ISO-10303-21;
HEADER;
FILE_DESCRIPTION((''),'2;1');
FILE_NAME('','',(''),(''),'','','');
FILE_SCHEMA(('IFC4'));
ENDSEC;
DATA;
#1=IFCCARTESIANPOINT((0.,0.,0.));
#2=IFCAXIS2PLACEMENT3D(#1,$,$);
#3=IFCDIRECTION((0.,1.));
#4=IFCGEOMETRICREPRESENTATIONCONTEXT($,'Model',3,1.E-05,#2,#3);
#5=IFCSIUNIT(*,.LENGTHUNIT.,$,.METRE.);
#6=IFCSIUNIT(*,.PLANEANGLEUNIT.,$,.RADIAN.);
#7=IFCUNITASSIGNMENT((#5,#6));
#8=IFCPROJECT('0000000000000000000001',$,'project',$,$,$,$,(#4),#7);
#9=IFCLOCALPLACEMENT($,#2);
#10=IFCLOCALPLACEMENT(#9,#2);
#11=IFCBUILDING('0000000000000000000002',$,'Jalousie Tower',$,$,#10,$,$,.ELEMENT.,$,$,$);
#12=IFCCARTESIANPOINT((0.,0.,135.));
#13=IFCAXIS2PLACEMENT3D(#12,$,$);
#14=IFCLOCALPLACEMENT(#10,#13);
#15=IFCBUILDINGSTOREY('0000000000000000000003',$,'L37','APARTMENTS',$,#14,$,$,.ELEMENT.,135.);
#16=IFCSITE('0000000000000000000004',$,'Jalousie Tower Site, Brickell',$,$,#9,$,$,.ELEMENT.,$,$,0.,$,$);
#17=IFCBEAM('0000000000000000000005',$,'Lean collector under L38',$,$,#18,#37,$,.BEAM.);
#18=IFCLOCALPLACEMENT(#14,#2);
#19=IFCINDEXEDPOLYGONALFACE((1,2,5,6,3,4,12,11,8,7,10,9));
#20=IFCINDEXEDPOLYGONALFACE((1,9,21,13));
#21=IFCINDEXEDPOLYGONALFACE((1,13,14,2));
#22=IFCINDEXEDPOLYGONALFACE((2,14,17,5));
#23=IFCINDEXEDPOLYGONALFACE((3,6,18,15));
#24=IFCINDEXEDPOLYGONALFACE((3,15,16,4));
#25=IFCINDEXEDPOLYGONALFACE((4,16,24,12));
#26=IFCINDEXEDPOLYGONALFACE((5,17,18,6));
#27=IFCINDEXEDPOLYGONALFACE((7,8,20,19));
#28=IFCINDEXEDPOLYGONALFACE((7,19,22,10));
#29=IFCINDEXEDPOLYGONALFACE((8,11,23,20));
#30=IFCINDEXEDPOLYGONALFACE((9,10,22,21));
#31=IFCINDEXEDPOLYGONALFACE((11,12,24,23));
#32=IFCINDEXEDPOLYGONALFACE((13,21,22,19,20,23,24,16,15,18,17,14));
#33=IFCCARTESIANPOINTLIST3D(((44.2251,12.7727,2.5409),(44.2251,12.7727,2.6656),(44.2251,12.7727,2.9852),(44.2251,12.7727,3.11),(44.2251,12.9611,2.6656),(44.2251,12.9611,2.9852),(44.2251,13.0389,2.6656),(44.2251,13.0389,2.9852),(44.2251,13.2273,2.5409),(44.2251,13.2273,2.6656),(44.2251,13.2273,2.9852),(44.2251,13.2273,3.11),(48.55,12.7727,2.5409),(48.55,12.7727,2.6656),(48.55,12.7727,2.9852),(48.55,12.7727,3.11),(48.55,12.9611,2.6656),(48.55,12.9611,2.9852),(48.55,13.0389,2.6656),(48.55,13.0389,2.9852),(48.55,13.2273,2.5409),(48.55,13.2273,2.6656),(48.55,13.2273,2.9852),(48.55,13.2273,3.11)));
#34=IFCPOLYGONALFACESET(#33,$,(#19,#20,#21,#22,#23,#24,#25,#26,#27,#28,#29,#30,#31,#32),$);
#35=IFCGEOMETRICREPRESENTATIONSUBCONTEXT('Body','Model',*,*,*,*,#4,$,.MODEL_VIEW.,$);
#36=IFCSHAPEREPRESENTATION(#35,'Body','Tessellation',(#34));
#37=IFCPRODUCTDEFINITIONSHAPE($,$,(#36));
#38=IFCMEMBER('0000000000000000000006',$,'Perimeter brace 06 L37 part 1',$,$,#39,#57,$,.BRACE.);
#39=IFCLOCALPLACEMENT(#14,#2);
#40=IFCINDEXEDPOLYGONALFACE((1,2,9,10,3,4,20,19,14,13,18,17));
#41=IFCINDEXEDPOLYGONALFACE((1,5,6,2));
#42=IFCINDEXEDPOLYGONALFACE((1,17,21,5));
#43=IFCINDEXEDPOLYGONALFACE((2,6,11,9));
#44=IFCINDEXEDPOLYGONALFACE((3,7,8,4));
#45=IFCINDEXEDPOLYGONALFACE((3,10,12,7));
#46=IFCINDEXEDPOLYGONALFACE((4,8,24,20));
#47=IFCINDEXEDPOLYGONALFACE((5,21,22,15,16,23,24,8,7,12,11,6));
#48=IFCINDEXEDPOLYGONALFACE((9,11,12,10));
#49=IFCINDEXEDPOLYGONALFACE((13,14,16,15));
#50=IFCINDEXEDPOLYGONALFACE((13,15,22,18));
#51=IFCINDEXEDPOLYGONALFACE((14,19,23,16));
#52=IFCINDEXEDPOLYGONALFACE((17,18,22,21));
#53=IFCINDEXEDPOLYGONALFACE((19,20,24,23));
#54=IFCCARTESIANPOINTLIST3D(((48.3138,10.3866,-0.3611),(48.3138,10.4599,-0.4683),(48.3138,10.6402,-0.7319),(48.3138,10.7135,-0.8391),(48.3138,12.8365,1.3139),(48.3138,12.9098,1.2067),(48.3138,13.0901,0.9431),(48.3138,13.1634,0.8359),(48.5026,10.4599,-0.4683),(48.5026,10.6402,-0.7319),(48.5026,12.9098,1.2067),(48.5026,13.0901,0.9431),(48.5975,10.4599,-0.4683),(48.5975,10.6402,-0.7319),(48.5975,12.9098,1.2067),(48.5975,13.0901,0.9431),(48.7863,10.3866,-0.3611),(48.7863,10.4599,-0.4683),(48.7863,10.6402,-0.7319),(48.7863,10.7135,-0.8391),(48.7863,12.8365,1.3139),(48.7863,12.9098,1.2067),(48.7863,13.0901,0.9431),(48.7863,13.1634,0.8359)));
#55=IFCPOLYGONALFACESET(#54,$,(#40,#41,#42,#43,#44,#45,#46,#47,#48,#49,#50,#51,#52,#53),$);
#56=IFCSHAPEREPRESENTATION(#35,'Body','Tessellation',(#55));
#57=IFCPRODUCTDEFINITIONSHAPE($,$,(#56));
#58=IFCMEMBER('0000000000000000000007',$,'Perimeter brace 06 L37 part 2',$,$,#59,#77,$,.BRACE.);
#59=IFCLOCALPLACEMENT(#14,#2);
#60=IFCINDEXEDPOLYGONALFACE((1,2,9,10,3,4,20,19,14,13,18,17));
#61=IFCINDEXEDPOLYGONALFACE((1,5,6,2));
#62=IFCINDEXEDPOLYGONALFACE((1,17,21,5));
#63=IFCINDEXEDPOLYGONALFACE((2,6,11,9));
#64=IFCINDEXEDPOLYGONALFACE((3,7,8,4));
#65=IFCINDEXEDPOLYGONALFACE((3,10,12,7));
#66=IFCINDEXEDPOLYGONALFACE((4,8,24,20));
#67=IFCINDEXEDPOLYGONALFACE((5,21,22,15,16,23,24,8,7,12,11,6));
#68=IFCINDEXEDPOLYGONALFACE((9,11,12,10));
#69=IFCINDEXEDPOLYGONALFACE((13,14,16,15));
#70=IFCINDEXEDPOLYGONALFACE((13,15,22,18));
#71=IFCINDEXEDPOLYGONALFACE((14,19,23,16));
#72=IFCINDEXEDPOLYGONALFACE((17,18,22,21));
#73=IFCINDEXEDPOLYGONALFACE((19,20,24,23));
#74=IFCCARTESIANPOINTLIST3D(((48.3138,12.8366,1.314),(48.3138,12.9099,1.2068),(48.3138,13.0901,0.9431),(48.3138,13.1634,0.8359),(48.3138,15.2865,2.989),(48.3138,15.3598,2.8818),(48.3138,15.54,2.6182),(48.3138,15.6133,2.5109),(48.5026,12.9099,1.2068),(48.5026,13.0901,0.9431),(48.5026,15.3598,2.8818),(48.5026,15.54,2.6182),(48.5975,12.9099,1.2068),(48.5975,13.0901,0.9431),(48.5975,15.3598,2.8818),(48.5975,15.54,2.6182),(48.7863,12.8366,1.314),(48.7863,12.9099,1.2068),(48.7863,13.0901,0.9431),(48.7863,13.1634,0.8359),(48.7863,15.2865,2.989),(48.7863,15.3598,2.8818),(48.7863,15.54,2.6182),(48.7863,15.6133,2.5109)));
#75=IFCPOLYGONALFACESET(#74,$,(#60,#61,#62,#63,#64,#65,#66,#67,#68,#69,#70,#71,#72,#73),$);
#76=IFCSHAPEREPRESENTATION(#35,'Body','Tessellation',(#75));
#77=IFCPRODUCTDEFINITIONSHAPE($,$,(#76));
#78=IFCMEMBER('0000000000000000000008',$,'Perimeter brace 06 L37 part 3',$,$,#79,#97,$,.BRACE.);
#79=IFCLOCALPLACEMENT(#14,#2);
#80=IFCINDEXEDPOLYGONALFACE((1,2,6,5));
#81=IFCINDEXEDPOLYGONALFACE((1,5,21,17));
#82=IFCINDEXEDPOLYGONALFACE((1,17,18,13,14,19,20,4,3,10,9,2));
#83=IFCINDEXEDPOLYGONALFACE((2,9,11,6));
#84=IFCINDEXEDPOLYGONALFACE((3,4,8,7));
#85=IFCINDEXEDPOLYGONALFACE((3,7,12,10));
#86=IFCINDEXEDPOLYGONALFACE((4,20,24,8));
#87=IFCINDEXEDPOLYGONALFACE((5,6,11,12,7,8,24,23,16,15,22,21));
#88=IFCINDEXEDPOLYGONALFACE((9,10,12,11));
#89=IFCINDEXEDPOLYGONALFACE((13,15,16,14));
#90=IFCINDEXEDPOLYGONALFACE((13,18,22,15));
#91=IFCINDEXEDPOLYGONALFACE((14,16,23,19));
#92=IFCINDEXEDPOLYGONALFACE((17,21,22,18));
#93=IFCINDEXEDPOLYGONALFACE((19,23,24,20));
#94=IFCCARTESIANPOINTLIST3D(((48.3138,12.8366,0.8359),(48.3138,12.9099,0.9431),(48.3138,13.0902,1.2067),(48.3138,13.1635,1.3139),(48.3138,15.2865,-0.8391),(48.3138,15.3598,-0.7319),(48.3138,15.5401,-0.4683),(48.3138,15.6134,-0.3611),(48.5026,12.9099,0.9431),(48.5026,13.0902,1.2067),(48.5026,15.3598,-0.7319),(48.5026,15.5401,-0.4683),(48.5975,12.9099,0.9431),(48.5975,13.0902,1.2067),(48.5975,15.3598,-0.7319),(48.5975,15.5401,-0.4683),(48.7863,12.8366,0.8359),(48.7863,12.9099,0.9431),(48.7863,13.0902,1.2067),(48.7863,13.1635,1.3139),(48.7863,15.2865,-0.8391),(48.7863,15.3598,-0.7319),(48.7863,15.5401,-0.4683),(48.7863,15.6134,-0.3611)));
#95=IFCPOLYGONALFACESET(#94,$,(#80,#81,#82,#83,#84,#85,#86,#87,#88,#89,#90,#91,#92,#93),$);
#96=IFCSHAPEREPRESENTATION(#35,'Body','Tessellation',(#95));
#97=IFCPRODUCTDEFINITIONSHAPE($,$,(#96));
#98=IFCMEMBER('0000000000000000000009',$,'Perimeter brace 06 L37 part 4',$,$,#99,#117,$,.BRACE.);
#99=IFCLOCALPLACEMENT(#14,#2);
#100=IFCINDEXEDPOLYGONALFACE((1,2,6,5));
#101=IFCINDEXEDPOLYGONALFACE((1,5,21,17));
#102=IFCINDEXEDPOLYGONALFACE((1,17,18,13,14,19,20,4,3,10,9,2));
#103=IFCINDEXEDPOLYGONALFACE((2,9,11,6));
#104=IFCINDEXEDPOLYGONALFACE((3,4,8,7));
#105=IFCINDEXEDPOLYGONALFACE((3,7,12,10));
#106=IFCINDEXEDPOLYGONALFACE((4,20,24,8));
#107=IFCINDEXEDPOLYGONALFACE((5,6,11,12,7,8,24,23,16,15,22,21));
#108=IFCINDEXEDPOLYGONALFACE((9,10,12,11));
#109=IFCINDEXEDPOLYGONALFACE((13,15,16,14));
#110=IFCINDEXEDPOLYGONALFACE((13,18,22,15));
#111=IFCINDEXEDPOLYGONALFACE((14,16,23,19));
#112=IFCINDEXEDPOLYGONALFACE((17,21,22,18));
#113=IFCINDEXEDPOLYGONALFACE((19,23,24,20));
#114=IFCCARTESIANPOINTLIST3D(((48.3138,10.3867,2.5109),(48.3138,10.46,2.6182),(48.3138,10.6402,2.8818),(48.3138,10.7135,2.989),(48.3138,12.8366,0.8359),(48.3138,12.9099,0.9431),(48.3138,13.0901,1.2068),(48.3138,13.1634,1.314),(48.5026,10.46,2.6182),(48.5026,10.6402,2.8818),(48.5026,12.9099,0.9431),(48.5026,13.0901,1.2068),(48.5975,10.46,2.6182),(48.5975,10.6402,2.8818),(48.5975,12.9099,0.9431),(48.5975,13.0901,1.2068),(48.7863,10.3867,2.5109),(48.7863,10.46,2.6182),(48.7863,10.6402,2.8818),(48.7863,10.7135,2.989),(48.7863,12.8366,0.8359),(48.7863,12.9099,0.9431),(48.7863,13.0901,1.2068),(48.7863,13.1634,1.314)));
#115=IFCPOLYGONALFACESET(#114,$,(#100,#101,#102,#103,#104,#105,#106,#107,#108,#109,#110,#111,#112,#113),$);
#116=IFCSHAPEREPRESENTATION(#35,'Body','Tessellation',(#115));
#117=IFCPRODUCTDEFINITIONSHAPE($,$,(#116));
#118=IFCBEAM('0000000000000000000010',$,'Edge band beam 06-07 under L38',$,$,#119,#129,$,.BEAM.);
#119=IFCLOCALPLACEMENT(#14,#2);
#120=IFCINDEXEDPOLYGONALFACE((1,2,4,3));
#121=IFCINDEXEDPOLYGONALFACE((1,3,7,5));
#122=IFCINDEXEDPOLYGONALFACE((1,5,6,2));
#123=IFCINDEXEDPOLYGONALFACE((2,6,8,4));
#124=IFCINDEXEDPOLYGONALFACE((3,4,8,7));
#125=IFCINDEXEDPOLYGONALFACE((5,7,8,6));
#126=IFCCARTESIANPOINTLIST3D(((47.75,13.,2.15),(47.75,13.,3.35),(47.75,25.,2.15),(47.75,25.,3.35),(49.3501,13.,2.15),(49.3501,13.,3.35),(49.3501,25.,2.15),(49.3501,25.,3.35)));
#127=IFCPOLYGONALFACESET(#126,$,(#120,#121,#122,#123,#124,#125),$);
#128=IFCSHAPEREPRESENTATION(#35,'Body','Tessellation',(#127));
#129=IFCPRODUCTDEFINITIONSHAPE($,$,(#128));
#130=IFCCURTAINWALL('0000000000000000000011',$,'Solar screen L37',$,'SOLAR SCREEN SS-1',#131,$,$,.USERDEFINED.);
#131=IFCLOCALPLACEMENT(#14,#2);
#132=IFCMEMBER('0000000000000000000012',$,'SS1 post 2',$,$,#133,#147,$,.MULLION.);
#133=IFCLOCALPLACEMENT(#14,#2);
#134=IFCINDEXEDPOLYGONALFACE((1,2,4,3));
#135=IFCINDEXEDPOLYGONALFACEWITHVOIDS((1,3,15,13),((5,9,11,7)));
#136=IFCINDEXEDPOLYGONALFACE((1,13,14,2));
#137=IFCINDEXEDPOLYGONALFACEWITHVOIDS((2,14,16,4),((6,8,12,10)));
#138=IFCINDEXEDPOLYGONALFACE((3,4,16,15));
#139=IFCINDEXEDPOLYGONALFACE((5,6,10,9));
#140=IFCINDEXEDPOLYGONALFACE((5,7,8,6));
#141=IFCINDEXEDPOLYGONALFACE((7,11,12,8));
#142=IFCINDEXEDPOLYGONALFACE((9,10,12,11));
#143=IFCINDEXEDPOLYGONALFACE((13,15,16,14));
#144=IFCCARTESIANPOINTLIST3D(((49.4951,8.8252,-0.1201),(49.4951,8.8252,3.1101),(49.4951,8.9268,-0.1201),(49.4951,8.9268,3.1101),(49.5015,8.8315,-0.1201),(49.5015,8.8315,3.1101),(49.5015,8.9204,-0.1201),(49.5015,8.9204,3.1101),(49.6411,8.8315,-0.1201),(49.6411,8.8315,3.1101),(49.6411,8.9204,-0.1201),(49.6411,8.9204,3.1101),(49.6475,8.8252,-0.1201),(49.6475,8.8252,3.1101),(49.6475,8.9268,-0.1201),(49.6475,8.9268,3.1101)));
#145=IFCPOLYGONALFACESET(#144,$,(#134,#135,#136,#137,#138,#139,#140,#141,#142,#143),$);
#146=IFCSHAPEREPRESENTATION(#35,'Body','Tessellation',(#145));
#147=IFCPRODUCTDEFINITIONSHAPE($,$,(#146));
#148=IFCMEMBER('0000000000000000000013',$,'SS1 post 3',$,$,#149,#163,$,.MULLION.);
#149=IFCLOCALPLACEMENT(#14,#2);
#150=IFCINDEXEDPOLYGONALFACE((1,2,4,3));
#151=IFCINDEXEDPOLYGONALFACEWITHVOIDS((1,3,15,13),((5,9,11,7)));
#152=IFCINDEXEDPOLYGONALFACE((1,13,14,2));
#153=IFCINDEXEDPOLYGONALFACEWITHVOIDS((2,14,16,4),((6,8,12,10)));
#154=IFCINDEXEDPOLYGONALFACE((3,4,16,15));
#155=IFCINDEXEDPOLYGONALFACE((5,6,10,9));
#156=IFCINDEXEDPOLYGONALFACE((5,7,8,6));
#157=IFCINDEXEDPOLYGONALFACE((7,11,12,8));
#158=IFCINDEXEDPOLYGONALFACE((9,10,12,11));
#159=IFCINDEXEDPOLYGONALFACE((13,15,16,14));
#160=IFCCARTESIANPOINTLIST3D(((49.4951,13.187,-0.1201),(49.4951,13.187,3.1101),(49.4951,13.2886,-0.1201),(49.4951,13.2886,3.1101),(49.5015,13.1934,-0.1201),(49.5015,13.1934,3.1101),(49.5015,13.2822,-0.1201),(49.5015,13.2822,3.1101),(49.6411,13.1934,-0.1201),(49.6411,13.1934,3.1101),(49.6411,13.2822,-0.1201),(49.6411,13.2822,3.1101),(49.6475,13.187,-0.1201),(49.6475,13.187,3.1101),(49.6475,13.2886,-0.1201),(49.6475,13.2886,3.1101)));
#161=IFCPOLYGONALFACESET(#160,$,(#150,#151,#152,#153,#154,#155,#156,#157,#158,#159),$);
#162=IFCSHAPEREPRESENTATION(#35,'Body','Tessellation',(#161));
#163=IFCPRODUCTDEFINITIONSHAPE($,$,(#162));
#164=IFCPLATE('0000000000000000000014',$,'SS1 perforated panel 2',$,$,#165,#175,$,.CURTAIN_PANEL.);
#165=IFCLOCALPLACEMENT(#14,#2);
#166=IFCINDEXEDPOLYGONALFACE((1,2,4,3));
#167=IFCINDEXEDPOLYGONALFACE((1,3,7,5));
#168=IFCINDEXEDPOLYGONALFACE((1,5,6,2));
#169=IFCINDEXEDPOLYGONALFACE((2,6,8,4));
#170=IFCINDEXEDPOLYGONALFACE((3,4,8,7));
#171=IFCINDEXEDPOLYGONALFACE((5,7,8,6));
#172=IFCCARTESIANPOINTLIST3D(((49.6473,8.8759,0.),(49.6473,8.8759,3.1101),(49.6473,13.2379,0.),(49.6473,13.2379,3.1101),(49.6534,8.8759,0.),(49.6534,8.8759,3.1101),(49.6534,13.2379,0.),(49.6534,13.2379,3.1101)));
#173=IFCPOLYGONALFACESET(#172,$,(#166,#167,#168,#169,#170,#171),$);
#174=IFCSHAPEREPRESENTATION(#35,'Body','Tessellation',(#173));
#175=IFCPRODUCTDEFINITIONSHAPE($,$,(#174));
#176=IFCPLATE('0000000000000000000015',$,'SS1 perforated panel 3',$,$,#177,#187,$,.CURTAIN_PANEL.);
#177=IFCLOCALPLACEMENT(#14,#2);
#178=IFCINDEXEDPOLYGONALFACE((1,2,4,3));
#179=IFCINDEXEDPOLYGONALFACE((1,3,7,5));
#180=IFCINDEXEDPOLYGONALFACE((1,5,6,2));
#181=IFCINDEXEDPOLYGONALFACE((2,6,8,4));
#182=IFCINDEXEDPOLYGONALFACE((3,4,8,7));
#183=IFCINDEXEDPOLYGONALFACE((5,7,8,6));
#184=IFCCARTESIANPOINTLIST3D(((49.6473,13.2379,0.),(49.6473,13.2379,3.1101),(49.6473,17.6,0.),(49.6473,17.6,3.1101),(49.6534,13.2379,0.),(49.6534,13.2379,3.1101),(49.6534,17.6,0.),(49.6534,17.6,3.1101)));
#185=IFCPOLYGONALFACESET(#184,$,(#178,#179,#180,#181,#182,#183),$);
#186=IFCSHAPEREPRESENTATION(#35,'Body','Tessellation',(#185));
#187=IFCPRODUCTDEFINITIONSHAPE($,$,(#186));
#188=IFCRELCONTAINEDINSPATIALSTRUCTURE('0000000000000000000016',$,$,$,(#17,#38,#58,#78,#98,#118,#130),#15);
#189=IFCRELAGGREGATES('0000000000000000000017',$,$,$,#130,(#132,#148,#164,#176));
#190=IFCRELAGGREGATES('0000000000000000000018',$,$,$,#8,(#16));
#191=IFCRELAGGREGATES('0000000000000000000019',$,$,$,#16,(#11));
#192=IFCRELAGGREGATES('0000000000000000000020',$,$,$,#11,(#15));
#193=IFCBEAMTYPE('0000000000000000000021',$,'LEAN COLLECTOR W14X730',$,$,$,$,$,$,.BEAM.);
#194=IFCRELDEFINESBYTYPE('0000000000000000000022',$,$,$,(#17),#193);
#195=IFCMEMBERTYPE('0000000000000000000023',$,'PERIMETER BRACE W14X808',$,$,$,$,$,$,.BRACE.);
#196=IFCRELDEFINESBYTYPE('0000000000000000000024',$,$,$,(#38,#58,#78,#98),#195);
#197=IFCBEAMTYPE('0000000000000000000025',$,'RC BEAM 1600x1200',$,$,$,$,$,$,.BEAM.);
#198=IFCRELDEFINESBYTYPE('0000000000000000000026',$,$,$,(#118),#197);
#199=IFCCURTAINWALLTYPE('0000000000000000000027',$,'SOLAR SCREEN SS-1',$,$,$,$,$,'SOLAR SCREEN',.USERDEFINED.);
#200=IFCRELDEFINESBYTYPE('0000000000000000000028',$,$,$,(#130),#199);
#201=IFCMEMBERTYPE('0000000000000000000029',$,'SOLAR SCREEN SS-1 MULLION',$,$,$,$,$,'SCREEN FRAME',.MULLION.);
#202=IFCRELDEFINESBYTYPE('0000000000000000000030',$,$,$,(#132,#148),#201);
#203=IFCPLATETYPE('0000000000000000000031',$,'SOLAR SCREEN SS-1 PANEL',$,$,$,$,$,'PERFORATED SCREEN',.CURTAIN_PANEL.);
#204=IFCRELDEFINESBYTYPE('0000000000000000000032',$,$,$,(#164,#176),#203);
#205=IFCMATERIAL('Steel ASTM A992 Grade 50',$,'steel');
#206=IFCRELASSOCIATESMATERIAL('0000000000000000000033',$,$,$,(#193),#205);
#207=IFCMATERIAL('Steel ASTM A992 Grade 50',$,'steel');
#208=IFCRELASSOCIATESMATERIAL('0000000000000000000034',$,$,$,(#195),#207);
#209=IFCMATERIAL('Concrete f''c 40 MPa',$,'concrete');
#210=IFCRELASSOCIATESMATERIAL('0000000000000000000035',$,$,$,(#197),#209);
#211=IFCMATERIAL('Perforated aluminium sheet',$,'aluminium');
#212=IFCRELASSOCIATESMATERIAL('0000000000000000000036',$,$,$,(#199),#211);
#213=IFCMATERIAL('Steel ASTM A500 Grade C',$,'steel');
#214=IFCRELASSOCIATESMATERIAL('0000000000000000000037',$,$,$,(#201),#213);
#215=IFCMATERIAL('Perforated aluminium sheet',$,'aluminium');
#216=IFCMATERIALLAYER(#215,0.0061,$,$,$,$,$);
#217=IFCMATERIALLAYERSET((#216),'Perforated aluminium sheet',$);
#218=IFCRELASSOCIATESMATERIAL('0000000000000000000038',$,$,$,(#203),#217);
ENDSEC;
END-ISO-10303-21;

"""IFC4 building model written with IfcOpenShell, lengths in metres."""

from ifc_helpers import new_model, si_unit, direction, frame, origin, origin_2d, place, context, subcontext, project, spatial, rectangle, hollow_rectangle, i_section, extrude, material, layer, layer_set, material_profile, profile_set, type_object, element, aggregate, save


model = new_model("IFC4")

# Units and contexts
model_context = context("Model", 3, precision=1e-05, world=origin(), true_north=direction((0.0, 1.0)))
body_context = subcontext(model_context, "Body", "Model", "MODEL_VIEW")
ifc_project = project(units=[si_unit("LENGTHUNIT", "METRE"), si_unit("PLANEANGLEUNIT", "RADIAN")], contexts=[model_context])

# Site, building, storey
site_placement = place(None, origin())
site = spatial("IfcSite", under=ifc_project, at=site_placement, Name="Jalousie Tower Site, Brickell", CompositionType="ELEMENT", RefElevation=0.0)
building_placement = place(site_placement, origin())
building = spatial("IfcBuilding", under=site, at=building_placement, Name="Jalousie Tower", CompositionType="ELEMENT")
storey_placement = place(building_placement, frame((0.0, 0.0, 135.0)))
storey = spatial("IfcBuildingStorey", under=building, at=storey_placement, Name="L37", Description="APARTMENTS", CompositionType="ELEMENT", Elevation=135.0)

# Beam
ifc_material_1 = material(Name="Steel ASTM A992 Grade 50", Category="steel")
ifc_material_profile_1 = material_profile(ifc_material_1, i_section(OverallWidth=0.4546, OverallDepth=0.5691, WebThickness=0.0779, FlangeThickness=0.1248, at=origin_2d()), Name="W14X730")
ifc_profile_set_1 = profile_set([ifc_material_profile_1], Name="Steel ASTM A992 Grade 50")
beam_type_1 = type_object("IfcBeamType", Name="LEAN COLLECTOR W14X730", PredefinedType="BEAM", material=ifc_profile_set_1)
beam_1_placement = place(storey_placement, frame((48.55, 13.0, 2.8254), z_axis=(-1.0, 0.0, 0.0), x_axis=(0.0, -1.0, 0.0)))
element("IfcBeam", 1, at=beam_1_placement, inside=storey, type_object=beam_type_1, Name="Lean collector under L38", PredefinedType="BEAM", context=body_context, shape_type="SweptSolid", body=[
    extrude(i_section(OverallWidth=0.4546, OverallDepth=0.5691, WebThickness=0.0779, FlangeThickness=0.1248, at=origin_2d()), origin(), (0.0, 0.0, 1.0), 4.325),
])

# Members
ifc_material_2 = material(Name="Steel ASTM A992 Grade 50", Category="steel")
ifc_material_profile_2 = material_profile(ifc_material_2, i_section(OverallWidth=0.4724, OverallDepth=0.5791, WebThickness=0.095, FlangeThickness=0.1299, at=origin_2d()), Name="W14X808")
ifc_profile_set_2 = profile_set([ifc_material_profile_2], Name="Steel ASTM A992 Grade 50")
member_type_1 = type_object("IfcMemberType", Name="PERIMETER BRACE W14X808", PredefinedType="BRACE", material=ifc_profile_set_2)
for number, where, z_axis, x_axis, name in (
    (2, (48.55, 10.55, -0.6001), (0.0, 0.825501, 0.564401), (-1.0, 0.0, 0.0), "Perimeter brace 06 L37 part 1"),
    (3, (48.55, 13.0, 1.075), (0.0, 0.825501, 0.564401), (-1.0, 0.0, 0.0), "Perimeter brace 06 L37 part 2"),
    (4, (48.55, 15.45, -0.6001), (0.0, -0.825501, 0.564401), (1.0, 0.0, 0.0), "Perimeter brace 06 L37 part 3"),
    (5, (48.55, 13.0, 1.075), (0.0, -0.825501, 0.564401), (1.0, 0.0, 0.0), "Perimeter brace 06 L37 part 4"),
):
    element("IfcMember", number, at=place(storey_placement, frame(where, z_axis=z_axis, x_axis=x_axis)), inside=storey, type_object=member_type_1, Name=name, PredefinedType="BRACE", context=body_context, shape_type="SweptSolid", body=[
        extrude(i_section(OverallWidth=0.4724, OverallDepth=0.5791, WebThickness=0.095, FlangeThickness=0.1299, at=origin_2d()), origin(), (0.0, 0.0, 1.0), 2.9678),
    ])

# Beam
ifc_material_3 = material(Name="Concrete f'c 40 MPa", Category="concrete")
ifc_material_profile_3 = material_profile(ifc_material_3, rectangle(XDim=1.6001, YDim=1.2, at=origin_2d()), Name="RC 1600x1200")
ifc_profile_set_3 = profile_set([ifc_material_profile_3], Name="Concrete f'c 40 MPa")
beam_type_2 = type_object("IfcBeamType", Name="RC BEAM 1600x1200", PredefinedType="BEAM", material=ifc_profile_set_3)
beam_2_placement = place(storey_placement, frame((48.55, 13.0, 2.75), z_axis=(0.0, 1.0, 0.0), x_axis=(-1.0, 0.0, 0.0)))
element("IfcBeam", 6, at=beam_2_placement, inside=storey, type_object=beam_type_2, Name="Edge band beam 06-07 under L38", PredefinedType="BEAM", context=body_context, shape_type="SweptSolid", body=[
    extrude(rectangle(XDim=1.6001, YDim=1.2, at=origin_2d()), origin(), (0.0, 0.0, 1.0), 12.0),
])

# Curtain wall, members, plates
ifc_material_4 = material(Name="Perforated aluminium sheet", Category="aluminium")
curtain_wall_type = type_object("IfcCurtainWallType", Name="SOLAR SCREEN SS-1", ElementType="SOLAR SCREEN", PredefinedType="USERDEFINED", material=ifc_material_4)
curtain_wall_placement = place(storey_placement, origin())
curtain_wall = element("IfcCurtainWall", 7, at=curtain_wall_placement, inside=storey, type_object=curtain_wall_type, Name="Solar screen L37", ObjectType="SOLAR SCREEN SS-1", PredefinedType="USERDEFINED")
ifc_material_5 = material(Name="Steel ASTM A500 Grade C", Category="steel")
ifc_material_profile_4 = material_profile(ifc_material_5, hollow_rectangle(XDim=0.1016, YDim=0.1523, WallThickness=0.0063, at=origin_2d()), Name="HSS6X4X1/4")
ifc_profile_set_4 = profile_set([ifc_material_profile_4], Name="Steel ASTM A500 Grade C")
member_type_2 = type_object("IfcMemberType", Name="SOLAR SCREEN SS-1 MULLION", ElementType="SCREEN FRAME", PredefinedType="MULLION", material=ifc_profile_set_4)
member_1_placement = place(storey_placement, frame((49.5713, 8.876, -0.1201), z_axis=(0.0, 0.0, 1.0), x_axis=(0.0, 1.0, 0.0)))
member_1 = element("IfcMember", 8, at=member_1_placement, type_object=member_type_2, Name="SS1 post 2", PredefinedType="MULLION", context=body_context, shape_type="SweptSolid", body=[
    extrude(hollow_rectangle(XDim=0.1016, YDim=0.1523, WallThickness=0.0063, at=origin_2d()), origin(), (0.0, 0.0, 1.0), 3.2302),
])
member_2_placement = place(storey_placement, frame((49.5713, 13.2378, -0.1201), z_axis=(0.0, 0.0, 1.0), x_axis=(0.0, 1.0, 0.0)))
member_2 = element("IfcMember", 9, at=member_2_placement, type_object=member_type_2, Name="SS1 post 3", PredefinedType="MULLION", context=body_context, shape_type="SweptSolid", body=[
    extrude(hollow_rectangle(XDim=0.1016, YDim=0.1523, WallThickness=0.0063, at=origin_2d()), origin(), (0.0, 0.0, 1.0), 3.2302),
])
ifc_material_6 = material(Name="Perforated aluminium sheet", Category="aluminium")
ifc_layer_1 = layer(ifc_material_6, 0.0061)
ifc_layer_set_1 = layer_set([ifc_layer_1], Name="Perforated aluminium sheet")
plate_type = type_object("IfcPlateType", Name="SOLAR SCREEN SS-1 PANEL", ElementType="PERFORATED SCREEN", PredefinedType="CURTAIN_PANEL", material=ifc_layer_set_1)
plate_1_placement = place(storey_placement, frame((49.6504, 11.0569, 0.0), z_axis=(0.0, 0.0, 1.0), x_axis=(0.0, 1.0, 0.0)))
plate_1 = element("IfcPlate", 10, at=plate_1_placement, type_object=plate_type, Name="SS1 perforated panel 2", PredefinedType="CURTAIN_PANEL", context=body_context, shape_type="SweptSolid", body=[
    extrude(rectangle(XDim=4.3621, YDim=0.0061, at=origin_2d()), origin(), (0.0, 0.0, 1.0), 3.1101),
])
plate_2_placement = place(storey_placement, frame((49.6504, 15.4189, 0.0), z_axis=(0.0, 0.0, 1.0), x_axis=(0.0, 1.0, 0.0)))
plate_2 = element("IfcPlate", 11, at=plate_2_placement, type_object=plate_type, Name="SS1 perforated panel 3", PredefinedType="CURTAIN_PANEL", context=body_context, shape_type="SweptSolid", body=[
    extrude(rectangle(XDim=4.3621, YDim=0.0061, at=origin_2d()), origin(), (0.0, 0.0, 1.0), 3.1101),
])
aggregate(curtain_wall, [member_1, member_2, plate_1, plate_2])

save(model, "model.ifc")
